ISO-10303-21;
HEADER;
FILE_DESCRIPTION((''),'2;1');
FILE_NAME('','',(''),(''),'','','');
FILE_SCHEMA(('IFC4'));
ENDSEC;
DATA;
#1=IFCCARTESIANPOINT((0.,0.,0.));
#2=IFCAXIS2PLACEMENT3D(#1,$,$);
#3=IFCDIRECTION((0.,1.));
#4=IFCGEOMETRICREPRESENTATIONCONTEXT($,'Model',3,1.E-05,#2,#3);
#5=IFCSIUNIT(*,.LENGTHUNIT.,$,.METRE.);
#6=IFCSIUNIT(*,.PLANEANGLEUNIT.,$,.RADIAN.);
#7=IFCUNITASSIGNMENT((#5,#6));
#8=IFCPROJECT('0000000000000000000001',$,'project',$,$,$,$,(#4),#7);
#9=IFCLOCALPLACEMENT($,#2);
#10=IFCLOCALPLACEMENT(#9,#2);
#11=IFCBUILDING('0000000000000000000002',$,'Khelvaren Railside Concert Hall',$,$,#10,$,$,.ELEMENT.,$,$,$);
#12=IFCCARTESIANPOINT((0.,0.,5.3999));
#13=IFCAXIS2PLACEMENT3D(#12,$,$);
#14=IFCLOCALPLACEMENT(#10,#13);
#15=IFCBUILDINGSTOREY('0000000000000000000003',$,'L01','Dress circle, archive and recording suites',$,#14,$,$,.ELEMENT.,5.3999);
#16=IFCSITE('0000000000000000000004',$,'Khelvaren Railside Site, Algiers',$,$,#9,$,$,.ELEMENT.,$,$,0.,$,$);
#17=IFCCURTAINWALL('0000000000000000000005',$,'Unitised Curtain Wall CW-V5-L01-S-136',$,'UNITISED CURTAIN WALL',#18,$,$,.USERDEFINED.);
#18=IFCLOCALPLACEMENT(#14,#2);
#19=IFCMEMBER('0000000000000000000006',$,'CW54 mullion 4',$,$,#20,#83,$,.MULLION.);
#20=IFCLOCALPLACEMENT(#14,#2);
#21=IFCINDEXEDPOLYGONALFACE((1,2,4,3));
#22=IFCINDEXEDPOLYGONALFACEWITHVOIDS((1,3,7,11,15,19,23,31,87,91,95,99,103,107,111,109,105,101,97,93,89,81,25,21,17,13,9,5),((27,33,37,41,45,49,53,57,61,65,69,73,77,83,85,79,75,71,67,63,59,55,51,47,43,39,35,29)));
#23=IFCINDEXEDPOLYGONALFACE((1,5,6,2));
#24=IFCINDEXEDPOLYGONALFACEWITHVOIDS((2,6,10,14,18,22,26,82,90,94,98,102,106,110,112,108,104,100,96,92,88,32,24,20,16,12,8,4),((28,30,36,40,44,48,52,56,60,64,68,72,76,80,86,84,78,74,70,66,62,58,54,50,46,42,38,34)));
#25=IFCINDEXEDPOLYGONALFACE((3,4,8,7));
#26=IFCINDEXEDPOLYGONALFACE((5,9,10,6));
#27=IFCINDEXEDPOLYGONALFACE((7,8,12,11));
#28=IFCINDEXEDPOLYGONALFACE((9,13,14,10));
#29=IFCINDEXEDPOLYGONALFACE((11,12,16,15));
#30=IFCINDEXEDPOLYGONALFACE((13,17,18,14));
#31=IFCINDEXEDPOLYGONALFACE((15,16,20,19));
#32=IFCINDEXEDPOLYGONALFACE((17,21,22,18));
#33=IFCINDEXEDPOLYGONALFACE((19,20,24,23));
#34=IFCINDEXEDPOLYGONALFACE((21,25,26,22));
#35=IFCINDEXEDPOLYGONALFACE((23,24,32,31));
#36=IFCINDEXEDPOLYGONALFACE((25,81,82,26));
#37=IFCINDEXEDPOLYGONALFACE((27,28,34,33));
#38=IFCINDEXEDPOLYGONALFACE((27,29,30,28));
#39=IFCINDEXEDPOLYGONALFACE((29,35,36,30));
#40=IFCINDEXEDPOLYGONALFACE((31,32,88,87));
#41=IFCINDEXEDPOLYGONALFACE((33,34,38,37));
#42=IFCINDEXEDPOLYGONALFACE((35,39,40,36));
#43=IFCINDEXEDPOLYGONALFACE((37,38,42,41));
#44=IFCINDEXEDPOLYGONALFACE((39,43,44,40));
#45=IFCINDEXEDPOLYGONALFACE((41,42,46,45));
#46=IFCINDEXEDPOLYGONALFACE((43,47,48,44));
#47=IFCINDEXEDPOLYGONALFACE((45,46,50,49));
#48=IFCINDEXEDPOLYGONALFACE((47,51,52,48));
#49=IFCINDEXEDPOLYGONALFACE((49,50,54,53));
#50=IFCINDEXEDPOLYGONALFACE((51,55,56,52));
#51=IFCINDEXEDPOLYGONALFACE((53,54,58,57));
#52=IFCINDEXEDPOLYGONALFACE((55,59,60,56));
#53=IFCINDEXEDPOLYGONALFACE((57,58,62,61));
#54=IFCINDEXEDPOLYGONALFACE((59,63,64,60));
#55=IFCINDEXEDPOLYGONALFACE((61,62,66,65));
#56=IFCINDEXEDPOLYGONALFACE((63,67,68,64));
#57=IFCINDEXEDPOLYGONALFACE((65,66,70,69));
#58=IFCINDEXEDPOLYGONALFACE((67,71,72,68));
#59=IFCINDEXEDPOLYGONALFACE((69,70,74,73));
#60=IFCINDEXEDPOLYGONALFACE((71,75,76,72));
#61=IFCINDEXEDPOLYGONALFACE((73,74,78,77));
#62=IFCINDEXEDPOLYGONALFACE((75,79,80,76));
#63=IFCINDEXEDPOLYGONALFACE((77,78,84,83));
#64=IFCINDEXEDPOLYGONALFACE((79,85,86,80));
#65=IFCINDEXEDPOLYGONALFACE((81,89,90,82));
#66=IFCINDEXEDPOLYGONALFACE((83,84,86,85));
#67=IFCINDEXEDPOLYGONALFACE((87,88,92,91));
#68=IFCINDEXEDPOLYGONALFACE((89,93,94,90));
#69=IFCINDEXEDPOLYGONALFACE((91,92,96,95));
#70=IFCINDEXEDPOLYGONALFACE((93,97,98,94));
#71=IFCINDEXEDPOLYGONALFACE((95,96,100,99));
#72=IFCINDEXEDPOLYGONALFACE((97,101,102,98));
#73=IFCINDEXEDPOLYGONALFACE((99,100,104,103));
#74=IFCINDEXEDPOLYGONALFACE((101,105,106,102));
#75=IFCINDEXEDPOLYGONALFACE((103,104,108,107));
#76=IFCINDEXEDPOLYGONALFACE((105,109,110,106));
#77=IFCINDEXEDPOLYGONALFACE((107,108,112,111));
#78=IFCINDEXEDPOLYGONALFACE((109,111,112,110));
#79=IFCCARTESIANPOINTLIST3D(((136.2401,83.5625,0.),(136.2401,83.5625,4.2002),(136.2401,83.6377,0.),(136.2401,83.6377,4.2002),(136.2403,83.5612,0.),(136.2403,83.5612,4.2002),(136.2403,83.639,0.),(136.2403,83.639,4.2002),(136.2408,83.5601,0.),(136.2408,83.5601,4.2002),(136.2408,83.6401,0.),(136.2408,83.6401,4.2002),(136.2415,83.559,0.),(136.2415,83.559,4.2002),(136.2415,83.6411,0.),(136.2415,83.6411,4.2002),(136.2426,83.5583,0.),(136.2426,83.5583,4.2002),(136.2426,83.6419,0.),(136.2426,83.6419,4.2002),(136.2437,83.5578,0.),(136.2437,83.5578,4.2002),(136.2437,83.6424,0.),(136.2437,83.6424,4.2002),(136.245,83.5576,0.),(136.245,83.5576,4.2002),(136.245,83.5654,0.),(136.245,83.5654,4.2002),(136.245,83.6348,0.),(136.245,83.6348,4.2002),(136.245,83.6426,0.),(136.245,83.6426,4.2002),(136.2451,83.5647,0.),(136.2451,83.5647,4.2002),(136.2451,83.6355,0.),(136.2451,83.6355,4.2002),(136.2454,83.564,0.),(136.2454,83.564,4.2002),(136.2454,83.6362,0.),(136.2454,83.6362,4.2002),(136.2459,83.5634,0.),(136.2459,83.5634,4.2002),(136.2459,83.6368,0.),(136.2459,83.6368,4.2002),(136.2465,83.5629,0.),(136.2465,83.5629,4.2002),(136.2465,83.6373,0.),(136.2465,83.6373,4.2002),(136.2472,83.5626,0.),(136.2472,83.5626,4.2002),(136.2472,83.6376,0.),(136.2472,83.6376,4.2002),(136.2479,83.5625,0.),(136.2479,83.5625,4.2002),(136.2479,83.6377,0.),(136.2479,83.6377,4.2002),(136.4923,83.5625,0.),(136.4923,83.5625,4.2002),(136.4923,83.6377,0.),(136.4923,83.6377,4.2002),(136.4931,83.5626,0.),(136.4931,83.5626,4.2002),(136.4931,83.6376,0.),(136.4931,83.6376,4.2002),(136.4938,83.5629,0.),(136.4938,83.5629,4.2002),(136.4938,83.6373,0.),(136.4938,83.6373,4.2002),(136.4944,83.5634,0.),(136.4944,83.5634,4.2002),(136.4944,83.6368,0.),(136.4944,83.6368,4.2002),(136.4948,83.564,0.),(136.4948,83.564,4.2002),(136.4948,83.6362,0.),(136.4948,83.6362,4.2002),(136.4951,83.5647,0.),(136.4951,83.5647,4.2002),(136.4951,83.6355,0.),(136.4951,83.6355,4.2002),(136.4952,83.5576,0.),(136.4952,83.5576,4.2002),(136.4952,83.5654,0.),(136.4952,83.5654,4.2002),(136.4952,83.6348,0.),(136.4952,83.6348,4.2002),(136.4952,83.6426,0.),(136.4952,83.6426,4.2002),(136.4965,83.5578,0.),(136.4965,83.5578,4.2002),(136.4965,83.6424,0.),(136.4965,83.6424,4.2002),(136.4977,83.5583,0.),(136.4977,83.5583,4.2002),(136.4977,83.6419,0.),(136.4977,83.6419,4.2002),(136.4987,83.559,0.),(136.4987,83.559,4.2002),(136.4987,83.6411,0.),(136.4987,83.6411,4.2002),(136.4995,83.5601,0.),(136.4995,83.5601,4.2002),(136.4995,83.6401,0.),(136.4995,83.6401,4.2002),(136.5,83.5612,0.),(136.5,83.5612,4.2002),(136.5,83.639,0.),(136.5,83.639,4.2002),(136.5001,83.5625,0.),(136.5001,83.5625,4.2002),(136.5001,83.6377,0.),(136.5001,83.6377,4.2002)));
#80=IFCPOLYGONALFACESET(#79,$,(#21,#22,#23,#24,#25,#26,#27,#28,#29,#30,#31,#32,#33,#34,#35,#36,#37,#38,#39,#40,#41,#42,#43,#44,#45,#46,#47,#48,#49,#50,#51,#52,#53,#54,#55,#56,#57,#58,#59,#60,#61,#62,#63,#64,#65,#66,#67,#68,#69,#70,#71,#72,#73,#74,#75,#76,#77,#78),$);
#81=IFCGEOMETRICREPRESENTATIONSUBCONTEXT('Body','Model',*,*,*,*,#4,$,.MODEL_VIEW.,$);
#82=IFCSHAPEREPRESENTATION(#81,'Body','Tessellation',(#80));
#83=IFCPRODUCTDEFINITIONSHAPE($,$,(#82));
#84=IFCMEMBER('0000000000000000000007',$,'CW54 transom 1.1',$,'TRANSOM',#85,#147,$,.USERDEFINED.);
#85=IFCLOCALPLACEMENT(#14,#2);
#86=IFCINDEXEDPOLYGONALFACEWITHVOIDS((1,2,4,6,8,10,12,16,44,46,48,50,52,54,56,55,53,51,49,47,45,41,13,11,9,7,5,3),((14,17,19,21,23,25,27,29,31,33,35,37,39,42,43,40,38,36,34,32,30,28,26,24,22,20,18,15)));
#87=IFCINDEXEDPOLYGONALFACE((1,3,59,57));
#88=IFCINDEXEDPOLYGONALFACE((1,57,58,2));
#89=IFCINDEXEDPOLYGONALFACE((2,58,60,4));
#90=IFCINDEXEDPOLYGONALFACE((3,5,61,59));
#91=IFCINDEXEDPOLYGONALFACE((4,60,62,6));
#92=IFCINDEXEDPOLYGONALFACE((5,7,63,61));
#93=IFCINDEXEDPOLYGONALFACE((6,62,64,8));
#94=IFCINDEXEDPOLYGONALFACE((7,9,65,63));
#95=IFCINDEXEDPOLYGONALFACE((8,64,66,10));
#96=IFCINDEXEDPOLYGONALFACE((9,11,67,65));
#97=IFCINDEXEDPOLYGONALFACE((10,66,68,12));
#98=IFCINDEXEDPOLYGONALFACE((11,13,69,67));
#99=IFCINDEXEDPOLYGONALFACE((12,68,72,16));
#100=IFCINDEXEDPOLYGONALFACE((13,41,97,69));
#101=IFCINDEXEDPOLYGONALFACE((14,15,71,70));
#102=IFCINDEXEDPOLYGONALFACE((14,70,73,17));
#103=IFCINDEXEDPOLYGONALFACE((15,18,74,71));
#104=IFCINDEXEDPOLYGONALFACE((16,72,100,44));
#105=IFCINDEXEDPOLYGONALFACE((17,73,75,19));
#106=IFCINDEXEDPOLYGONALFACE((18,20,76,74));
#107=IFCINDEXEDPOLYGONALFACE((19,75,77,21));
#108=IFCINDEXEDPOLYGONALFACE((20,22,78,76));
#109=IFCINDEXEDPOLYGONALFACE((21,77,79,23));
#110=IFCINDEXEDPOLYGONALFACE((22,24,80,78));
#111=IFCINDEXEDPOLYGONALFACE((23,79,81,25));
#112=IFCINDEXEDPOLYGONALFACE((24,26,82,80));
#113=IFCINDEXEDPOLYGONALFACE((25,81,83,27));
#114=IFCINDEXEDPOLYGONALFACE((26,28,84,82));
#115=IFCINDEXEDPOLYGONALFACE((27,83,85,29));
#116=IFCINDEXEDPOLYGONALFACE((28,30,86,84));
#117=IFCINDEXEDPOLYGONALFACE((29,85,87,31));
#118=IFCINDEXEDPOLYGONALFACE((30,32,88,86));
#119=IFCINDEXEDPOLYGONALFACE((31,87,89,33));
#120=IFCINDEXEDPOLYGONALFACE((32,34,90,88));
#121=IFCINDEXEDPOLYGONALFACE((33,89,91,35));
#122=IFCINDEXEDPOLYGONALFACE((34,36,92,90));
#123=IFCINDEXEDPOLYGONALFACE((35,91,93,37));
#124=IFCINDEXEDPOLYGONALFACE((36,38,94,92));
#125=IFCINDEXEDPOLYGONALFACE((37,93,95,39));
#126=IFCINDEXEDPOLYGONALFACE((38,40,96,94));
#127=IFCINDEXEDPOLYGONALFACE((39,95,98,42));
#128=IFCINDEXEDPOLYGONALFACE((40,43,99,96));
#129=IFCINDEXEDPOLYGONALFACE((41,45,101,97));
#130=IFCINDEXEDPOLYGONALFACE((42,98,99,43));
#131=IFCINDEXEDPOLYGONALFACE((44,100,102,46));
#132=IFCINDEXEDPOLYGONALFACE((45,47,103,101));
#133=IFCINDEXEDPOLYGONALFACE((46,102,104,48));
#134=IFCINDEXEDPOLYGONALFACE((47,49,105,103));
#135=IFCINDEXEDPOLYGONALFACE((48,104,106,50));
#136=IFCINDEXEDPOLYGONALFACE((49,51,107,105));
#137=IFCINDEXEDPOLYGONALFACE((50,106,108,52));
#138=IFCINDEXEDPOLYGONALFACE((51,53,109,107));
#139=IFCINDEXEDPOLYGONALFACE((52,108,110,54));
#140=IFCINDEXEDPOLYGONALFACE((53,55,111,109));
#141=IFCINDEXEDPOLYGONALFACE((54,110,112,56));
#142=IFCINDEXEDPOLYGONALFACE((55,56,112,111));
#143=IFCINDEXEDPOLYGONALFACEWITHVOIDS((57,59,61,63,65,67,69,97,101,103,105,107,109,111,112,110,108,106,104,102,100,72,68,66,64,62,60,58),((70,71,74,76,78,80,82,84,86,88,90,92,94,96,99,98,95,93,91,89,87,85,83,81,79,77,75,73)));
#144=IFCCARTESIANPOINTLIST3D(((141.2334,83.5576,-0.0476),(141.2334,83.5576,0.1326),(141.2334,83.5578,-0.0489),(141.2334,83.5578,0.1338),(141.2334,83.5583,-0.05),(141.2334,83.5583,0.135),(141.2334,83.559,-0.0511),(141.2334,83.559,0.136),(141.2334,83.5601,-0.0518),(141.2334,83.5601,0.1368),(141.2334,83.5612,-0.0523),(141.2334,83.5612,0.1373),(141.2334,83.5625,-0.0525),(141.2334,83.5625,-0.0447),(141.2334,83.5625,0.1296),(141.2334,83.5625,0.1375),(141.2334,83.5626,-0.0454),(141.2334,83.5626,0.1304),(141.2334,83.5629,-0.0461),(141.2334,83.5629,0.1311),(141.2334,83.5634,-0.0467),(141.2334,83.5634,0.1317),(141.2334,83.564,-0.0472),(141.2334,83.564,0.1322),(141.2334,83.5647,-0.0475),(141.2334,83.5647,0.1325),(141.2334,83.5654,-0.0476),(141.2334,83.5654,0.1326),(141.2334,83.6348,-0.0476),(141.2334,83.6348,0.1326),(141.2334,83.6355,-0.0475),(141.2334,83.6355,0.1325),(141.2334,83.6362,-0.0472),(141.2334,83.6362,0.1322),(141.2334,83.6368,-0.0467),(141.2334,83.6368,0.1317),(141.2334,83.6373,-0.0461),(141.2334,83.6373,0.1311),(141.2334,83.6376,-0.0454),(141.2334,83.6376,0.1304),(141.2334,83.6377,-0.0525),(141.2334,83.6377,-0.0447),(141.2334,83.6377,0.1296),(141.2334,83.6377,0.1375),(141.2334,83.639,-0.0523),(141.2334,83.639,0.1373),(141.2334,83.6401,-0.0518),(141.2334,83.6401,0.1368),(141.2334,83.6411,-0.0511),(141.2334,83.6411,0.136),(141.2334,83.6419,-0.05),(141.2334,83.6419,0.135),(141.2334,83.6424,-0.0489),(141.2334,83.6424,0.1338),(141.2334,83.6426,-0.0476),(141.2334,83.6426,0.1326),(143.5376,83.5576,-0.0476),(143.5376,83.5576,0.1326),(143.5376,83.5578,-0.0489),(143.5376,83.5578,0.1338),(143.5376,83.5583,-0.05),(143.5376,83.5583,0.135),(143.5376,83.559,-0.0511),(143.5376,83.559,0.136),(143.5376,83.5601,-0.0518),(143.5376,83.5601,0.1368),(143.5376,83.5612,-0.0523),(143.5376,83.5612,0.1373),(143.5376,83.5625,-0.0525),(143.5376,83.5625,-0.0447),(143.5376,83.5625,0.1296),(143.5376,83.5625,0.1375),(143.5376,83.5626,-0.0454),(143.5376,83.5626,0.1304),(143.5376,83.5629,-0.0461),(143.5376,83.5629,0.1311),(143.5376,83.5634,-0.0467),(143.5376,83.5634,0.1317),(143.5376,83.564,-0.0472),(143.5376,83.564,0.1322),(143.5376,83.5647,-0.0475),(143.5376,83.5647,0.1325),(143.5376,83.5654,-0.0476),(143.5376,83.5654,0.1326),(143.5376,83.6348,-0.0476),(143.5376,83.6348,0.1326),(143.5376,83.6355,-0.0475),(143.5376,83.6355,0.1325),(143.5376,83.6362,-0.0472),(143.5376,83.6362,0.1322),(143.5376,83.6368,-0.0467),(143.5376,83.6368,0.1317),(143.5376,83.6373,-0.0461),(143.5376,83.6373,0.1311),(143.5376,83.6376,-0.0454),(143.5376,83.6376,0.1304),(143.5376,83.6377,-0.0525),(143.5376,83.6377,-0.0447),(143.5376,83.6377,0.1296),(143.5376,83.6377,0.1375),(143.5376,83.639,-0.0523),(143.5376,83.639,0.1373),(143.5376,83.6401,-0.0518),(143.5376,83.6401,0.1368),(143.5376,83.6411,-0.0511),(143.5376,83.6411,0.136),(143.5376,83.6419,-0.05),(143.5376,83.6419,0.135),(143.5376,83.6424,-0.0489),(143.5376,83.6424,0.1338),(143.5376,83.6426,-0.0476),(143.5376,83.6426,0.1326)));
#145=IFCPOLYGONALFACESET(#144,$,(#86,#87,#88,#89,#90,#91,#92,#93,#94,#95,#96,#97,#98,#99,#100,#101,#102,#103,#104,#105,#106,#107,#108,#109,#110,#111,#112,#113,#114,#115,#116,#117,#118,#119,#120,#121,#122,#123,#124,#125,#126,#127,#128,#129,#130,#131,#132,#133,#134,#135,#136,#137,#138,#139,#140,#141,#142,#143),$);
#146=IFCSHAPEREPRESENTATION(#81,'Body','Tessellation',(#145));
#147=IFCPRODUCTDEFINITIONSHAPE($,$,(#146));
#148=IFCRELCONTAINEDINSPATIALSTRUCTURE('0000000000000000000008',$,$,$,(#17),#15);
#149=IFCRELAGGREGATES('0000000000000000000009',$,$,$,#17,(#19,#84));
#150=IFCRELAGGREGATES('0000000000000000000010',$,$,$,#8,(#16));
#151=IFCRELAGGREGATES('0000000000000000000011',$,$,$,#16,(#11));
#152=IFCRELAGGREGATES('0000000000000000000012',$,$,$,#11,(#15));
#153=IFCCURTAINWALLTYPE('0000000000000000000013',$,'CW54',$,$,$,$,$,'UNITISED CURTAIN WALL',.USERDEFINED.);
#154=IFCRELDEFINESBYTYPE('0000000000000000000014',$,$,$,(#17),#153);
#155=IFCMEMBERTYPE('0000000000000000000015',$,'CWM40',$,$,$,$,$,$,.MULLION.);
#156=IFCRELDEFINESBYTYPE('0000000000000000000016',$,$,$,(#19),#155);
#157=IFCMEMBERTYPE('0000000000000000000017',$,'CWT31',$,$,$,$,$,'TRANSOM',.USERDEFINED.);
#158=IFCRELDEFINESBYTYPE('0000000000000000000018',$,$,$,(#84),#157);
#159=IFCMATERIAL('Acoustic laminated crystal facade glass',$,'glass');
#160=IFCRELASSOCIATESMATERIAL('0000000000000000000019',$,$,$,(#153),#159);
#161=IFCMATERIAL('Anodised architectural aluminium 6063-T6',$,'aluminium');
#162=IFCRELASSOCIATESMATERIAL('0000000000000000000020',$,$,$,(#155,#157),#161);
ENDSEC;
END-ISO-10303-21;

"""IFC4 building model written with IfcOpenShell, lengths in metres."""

from ifc_helpers import new_model, si_unit, direction, frame, origin, origin_2d, place, context, subcontext, project, spatial, hollow_rectangle, extrude, material, material_profile, profile_set, type_object, element, aggregate, save


model = new_model("IFC4")

# Units and contexts
model_context = context("Model", 3, precision=1e-05, world=origin(), true_north=direction((0.0, 1.0)))
body_context = subcontext(model_context, "Body", "Model", "MODEL_VIEW")
ifc_project = project(units=[si_unit("LENGTHUNIT", "METRE"), si_unit("PLANEANGLEUNIT", "RADIAN")], contexts=[model_context])

# Site, building, storey
site_placement = place(None, origin())
site = spatial("IfcSite", under=ifc_project, at=site_placement, Name="Khelvaren Railside Site, Algiers", CompositionType="ELEMENT", RefElevation=0.0)
building_placement = place(site_placement, origin())
building = spatial("IfcBuilding", under=site, at=building_placement, Name="Khelvaren Railside Concert Hall", CompositionType="ELEMENT")
storey_placement = place(building_placement, frame((0.0, 0.0, 5.3999)))
storey = spatial("IfcBuildingStorey", under=building, at=storey_placement, Name="L01", Description="Dress circle, archive and recording suites", CompositionType="ELEMENT", Elevation=5.3999)

# Curtain wall, members
ifc_material_1 = material(Name="Acoustic laminated crystal facade glass", Category="glass")
curtain_wall_type = type_object("IfcCurtainWallType", Name="CW54", ElementType="UNITISED CURTAIN WALL", PredefinedType="USERDEFINED", material=ifc_material_1)
curtain_wall_placement = place(storey_placement, origin())
curtain_wall = element("IfcCurtainWall", 1, at=curtain_wall_placement, inside=storey, type_object=curtain_wall_type, Name="Unitised Curtain Wall CW-V5-L01-S-136", ObjectType="UNITISED CURTAIN WALL", PredefinedType="USERDEFINED")
ifc_material_2 = material(Name="Anodised architectural aluminium 6063-T6", Category="aluminium")
ifc_material_profile_1 = material_profile(ifc_material_2, hollow_rectangle(XDim=0.085, YDim=0.26, WallThickness=0.0049, InnerFilletRadius=0.0029, OuterFilletRadius=0.0049, at=origin_2d()), Name="CWM 85x260x5")
ifc_profile_set_1 = profile_set([ifc_material_profile_1], Name="Anodised architectural aluminium 6063-T6")
member_type_1 = type_object("IfcMemberType", Name="CWM40", PredefinedType="MULLION", material=ifc_profile_set_1)
member_1_placement = place(storey_placement, frame((136.3701, 83.6001, 0.0), z_axis=(0.0, 0.0, 1.0), x_axis=(0.0, -1.0, 0.0)))
member_1 = element("IfcMember", 2, at=member_1_placement, type_object=member_type_1, Name="CW54 mullion 4", PredefinedType="MULLION", context=body_context, shape_type="SweptSolid", body=[
    extrude(hollow_rectangle(XDim=0.085, YDim=0.26, WallThickness=0.0049, InnerFilletRadius=0.0029, OuterFilletRadius=0.0049, at=origin_2d()), origin(), (0.0, 0.0, 1.0), 4.2002),
])
ifc_material_profile_2 = material_profile(ifc_material_2, hollow_rectangle(XDim=0.085, YDim=0.1899, WallThickness=0.0049, InnerFilletRadius=0.0029, OuterFilletRadius=0.0049, at=origin_2d()), Name="CWT 85x190x5")
ifc_profile_set_2 = profile_set([ifc_material_profile_2], Name="Anodised architectural aluminium 6063-T6")
member_type_2 = type_object("IfcMemberType", Name="CWT31", ElementType="TRANSOM", PredefinedType="USERDEFINED", material=ifc_profile_set_2)
member_2_placement = place(storey_placement, frame((143.5376, 83.6001, 0.0425), z_axis=(-1.0, 0.0, 0.0), x_axis=(0.0, -1.0, 0.0)))
member_2 = element("IfcMember", 3, at=member_2_placement, type_object=member_type_2, Name="CW54 transom 1.1", ObjectType="TRANSOM", PredefinedType="USERDEFINED", context=body_context, shape_type="SweptSolid", body=[
    extrude(hollow_rectangle(XDim=0.085, YDim=0.1899, WallThickness=0.0049, InnerFilletRadius=0.0029, OuterFilletRadius=0.0049, at=origin_2d()), origin(), (0.0, 0.0, 1.0), 2.3042),
])

aggregate(curtain_wall, [member_1, member_2])

save(model, "model.ifc")
